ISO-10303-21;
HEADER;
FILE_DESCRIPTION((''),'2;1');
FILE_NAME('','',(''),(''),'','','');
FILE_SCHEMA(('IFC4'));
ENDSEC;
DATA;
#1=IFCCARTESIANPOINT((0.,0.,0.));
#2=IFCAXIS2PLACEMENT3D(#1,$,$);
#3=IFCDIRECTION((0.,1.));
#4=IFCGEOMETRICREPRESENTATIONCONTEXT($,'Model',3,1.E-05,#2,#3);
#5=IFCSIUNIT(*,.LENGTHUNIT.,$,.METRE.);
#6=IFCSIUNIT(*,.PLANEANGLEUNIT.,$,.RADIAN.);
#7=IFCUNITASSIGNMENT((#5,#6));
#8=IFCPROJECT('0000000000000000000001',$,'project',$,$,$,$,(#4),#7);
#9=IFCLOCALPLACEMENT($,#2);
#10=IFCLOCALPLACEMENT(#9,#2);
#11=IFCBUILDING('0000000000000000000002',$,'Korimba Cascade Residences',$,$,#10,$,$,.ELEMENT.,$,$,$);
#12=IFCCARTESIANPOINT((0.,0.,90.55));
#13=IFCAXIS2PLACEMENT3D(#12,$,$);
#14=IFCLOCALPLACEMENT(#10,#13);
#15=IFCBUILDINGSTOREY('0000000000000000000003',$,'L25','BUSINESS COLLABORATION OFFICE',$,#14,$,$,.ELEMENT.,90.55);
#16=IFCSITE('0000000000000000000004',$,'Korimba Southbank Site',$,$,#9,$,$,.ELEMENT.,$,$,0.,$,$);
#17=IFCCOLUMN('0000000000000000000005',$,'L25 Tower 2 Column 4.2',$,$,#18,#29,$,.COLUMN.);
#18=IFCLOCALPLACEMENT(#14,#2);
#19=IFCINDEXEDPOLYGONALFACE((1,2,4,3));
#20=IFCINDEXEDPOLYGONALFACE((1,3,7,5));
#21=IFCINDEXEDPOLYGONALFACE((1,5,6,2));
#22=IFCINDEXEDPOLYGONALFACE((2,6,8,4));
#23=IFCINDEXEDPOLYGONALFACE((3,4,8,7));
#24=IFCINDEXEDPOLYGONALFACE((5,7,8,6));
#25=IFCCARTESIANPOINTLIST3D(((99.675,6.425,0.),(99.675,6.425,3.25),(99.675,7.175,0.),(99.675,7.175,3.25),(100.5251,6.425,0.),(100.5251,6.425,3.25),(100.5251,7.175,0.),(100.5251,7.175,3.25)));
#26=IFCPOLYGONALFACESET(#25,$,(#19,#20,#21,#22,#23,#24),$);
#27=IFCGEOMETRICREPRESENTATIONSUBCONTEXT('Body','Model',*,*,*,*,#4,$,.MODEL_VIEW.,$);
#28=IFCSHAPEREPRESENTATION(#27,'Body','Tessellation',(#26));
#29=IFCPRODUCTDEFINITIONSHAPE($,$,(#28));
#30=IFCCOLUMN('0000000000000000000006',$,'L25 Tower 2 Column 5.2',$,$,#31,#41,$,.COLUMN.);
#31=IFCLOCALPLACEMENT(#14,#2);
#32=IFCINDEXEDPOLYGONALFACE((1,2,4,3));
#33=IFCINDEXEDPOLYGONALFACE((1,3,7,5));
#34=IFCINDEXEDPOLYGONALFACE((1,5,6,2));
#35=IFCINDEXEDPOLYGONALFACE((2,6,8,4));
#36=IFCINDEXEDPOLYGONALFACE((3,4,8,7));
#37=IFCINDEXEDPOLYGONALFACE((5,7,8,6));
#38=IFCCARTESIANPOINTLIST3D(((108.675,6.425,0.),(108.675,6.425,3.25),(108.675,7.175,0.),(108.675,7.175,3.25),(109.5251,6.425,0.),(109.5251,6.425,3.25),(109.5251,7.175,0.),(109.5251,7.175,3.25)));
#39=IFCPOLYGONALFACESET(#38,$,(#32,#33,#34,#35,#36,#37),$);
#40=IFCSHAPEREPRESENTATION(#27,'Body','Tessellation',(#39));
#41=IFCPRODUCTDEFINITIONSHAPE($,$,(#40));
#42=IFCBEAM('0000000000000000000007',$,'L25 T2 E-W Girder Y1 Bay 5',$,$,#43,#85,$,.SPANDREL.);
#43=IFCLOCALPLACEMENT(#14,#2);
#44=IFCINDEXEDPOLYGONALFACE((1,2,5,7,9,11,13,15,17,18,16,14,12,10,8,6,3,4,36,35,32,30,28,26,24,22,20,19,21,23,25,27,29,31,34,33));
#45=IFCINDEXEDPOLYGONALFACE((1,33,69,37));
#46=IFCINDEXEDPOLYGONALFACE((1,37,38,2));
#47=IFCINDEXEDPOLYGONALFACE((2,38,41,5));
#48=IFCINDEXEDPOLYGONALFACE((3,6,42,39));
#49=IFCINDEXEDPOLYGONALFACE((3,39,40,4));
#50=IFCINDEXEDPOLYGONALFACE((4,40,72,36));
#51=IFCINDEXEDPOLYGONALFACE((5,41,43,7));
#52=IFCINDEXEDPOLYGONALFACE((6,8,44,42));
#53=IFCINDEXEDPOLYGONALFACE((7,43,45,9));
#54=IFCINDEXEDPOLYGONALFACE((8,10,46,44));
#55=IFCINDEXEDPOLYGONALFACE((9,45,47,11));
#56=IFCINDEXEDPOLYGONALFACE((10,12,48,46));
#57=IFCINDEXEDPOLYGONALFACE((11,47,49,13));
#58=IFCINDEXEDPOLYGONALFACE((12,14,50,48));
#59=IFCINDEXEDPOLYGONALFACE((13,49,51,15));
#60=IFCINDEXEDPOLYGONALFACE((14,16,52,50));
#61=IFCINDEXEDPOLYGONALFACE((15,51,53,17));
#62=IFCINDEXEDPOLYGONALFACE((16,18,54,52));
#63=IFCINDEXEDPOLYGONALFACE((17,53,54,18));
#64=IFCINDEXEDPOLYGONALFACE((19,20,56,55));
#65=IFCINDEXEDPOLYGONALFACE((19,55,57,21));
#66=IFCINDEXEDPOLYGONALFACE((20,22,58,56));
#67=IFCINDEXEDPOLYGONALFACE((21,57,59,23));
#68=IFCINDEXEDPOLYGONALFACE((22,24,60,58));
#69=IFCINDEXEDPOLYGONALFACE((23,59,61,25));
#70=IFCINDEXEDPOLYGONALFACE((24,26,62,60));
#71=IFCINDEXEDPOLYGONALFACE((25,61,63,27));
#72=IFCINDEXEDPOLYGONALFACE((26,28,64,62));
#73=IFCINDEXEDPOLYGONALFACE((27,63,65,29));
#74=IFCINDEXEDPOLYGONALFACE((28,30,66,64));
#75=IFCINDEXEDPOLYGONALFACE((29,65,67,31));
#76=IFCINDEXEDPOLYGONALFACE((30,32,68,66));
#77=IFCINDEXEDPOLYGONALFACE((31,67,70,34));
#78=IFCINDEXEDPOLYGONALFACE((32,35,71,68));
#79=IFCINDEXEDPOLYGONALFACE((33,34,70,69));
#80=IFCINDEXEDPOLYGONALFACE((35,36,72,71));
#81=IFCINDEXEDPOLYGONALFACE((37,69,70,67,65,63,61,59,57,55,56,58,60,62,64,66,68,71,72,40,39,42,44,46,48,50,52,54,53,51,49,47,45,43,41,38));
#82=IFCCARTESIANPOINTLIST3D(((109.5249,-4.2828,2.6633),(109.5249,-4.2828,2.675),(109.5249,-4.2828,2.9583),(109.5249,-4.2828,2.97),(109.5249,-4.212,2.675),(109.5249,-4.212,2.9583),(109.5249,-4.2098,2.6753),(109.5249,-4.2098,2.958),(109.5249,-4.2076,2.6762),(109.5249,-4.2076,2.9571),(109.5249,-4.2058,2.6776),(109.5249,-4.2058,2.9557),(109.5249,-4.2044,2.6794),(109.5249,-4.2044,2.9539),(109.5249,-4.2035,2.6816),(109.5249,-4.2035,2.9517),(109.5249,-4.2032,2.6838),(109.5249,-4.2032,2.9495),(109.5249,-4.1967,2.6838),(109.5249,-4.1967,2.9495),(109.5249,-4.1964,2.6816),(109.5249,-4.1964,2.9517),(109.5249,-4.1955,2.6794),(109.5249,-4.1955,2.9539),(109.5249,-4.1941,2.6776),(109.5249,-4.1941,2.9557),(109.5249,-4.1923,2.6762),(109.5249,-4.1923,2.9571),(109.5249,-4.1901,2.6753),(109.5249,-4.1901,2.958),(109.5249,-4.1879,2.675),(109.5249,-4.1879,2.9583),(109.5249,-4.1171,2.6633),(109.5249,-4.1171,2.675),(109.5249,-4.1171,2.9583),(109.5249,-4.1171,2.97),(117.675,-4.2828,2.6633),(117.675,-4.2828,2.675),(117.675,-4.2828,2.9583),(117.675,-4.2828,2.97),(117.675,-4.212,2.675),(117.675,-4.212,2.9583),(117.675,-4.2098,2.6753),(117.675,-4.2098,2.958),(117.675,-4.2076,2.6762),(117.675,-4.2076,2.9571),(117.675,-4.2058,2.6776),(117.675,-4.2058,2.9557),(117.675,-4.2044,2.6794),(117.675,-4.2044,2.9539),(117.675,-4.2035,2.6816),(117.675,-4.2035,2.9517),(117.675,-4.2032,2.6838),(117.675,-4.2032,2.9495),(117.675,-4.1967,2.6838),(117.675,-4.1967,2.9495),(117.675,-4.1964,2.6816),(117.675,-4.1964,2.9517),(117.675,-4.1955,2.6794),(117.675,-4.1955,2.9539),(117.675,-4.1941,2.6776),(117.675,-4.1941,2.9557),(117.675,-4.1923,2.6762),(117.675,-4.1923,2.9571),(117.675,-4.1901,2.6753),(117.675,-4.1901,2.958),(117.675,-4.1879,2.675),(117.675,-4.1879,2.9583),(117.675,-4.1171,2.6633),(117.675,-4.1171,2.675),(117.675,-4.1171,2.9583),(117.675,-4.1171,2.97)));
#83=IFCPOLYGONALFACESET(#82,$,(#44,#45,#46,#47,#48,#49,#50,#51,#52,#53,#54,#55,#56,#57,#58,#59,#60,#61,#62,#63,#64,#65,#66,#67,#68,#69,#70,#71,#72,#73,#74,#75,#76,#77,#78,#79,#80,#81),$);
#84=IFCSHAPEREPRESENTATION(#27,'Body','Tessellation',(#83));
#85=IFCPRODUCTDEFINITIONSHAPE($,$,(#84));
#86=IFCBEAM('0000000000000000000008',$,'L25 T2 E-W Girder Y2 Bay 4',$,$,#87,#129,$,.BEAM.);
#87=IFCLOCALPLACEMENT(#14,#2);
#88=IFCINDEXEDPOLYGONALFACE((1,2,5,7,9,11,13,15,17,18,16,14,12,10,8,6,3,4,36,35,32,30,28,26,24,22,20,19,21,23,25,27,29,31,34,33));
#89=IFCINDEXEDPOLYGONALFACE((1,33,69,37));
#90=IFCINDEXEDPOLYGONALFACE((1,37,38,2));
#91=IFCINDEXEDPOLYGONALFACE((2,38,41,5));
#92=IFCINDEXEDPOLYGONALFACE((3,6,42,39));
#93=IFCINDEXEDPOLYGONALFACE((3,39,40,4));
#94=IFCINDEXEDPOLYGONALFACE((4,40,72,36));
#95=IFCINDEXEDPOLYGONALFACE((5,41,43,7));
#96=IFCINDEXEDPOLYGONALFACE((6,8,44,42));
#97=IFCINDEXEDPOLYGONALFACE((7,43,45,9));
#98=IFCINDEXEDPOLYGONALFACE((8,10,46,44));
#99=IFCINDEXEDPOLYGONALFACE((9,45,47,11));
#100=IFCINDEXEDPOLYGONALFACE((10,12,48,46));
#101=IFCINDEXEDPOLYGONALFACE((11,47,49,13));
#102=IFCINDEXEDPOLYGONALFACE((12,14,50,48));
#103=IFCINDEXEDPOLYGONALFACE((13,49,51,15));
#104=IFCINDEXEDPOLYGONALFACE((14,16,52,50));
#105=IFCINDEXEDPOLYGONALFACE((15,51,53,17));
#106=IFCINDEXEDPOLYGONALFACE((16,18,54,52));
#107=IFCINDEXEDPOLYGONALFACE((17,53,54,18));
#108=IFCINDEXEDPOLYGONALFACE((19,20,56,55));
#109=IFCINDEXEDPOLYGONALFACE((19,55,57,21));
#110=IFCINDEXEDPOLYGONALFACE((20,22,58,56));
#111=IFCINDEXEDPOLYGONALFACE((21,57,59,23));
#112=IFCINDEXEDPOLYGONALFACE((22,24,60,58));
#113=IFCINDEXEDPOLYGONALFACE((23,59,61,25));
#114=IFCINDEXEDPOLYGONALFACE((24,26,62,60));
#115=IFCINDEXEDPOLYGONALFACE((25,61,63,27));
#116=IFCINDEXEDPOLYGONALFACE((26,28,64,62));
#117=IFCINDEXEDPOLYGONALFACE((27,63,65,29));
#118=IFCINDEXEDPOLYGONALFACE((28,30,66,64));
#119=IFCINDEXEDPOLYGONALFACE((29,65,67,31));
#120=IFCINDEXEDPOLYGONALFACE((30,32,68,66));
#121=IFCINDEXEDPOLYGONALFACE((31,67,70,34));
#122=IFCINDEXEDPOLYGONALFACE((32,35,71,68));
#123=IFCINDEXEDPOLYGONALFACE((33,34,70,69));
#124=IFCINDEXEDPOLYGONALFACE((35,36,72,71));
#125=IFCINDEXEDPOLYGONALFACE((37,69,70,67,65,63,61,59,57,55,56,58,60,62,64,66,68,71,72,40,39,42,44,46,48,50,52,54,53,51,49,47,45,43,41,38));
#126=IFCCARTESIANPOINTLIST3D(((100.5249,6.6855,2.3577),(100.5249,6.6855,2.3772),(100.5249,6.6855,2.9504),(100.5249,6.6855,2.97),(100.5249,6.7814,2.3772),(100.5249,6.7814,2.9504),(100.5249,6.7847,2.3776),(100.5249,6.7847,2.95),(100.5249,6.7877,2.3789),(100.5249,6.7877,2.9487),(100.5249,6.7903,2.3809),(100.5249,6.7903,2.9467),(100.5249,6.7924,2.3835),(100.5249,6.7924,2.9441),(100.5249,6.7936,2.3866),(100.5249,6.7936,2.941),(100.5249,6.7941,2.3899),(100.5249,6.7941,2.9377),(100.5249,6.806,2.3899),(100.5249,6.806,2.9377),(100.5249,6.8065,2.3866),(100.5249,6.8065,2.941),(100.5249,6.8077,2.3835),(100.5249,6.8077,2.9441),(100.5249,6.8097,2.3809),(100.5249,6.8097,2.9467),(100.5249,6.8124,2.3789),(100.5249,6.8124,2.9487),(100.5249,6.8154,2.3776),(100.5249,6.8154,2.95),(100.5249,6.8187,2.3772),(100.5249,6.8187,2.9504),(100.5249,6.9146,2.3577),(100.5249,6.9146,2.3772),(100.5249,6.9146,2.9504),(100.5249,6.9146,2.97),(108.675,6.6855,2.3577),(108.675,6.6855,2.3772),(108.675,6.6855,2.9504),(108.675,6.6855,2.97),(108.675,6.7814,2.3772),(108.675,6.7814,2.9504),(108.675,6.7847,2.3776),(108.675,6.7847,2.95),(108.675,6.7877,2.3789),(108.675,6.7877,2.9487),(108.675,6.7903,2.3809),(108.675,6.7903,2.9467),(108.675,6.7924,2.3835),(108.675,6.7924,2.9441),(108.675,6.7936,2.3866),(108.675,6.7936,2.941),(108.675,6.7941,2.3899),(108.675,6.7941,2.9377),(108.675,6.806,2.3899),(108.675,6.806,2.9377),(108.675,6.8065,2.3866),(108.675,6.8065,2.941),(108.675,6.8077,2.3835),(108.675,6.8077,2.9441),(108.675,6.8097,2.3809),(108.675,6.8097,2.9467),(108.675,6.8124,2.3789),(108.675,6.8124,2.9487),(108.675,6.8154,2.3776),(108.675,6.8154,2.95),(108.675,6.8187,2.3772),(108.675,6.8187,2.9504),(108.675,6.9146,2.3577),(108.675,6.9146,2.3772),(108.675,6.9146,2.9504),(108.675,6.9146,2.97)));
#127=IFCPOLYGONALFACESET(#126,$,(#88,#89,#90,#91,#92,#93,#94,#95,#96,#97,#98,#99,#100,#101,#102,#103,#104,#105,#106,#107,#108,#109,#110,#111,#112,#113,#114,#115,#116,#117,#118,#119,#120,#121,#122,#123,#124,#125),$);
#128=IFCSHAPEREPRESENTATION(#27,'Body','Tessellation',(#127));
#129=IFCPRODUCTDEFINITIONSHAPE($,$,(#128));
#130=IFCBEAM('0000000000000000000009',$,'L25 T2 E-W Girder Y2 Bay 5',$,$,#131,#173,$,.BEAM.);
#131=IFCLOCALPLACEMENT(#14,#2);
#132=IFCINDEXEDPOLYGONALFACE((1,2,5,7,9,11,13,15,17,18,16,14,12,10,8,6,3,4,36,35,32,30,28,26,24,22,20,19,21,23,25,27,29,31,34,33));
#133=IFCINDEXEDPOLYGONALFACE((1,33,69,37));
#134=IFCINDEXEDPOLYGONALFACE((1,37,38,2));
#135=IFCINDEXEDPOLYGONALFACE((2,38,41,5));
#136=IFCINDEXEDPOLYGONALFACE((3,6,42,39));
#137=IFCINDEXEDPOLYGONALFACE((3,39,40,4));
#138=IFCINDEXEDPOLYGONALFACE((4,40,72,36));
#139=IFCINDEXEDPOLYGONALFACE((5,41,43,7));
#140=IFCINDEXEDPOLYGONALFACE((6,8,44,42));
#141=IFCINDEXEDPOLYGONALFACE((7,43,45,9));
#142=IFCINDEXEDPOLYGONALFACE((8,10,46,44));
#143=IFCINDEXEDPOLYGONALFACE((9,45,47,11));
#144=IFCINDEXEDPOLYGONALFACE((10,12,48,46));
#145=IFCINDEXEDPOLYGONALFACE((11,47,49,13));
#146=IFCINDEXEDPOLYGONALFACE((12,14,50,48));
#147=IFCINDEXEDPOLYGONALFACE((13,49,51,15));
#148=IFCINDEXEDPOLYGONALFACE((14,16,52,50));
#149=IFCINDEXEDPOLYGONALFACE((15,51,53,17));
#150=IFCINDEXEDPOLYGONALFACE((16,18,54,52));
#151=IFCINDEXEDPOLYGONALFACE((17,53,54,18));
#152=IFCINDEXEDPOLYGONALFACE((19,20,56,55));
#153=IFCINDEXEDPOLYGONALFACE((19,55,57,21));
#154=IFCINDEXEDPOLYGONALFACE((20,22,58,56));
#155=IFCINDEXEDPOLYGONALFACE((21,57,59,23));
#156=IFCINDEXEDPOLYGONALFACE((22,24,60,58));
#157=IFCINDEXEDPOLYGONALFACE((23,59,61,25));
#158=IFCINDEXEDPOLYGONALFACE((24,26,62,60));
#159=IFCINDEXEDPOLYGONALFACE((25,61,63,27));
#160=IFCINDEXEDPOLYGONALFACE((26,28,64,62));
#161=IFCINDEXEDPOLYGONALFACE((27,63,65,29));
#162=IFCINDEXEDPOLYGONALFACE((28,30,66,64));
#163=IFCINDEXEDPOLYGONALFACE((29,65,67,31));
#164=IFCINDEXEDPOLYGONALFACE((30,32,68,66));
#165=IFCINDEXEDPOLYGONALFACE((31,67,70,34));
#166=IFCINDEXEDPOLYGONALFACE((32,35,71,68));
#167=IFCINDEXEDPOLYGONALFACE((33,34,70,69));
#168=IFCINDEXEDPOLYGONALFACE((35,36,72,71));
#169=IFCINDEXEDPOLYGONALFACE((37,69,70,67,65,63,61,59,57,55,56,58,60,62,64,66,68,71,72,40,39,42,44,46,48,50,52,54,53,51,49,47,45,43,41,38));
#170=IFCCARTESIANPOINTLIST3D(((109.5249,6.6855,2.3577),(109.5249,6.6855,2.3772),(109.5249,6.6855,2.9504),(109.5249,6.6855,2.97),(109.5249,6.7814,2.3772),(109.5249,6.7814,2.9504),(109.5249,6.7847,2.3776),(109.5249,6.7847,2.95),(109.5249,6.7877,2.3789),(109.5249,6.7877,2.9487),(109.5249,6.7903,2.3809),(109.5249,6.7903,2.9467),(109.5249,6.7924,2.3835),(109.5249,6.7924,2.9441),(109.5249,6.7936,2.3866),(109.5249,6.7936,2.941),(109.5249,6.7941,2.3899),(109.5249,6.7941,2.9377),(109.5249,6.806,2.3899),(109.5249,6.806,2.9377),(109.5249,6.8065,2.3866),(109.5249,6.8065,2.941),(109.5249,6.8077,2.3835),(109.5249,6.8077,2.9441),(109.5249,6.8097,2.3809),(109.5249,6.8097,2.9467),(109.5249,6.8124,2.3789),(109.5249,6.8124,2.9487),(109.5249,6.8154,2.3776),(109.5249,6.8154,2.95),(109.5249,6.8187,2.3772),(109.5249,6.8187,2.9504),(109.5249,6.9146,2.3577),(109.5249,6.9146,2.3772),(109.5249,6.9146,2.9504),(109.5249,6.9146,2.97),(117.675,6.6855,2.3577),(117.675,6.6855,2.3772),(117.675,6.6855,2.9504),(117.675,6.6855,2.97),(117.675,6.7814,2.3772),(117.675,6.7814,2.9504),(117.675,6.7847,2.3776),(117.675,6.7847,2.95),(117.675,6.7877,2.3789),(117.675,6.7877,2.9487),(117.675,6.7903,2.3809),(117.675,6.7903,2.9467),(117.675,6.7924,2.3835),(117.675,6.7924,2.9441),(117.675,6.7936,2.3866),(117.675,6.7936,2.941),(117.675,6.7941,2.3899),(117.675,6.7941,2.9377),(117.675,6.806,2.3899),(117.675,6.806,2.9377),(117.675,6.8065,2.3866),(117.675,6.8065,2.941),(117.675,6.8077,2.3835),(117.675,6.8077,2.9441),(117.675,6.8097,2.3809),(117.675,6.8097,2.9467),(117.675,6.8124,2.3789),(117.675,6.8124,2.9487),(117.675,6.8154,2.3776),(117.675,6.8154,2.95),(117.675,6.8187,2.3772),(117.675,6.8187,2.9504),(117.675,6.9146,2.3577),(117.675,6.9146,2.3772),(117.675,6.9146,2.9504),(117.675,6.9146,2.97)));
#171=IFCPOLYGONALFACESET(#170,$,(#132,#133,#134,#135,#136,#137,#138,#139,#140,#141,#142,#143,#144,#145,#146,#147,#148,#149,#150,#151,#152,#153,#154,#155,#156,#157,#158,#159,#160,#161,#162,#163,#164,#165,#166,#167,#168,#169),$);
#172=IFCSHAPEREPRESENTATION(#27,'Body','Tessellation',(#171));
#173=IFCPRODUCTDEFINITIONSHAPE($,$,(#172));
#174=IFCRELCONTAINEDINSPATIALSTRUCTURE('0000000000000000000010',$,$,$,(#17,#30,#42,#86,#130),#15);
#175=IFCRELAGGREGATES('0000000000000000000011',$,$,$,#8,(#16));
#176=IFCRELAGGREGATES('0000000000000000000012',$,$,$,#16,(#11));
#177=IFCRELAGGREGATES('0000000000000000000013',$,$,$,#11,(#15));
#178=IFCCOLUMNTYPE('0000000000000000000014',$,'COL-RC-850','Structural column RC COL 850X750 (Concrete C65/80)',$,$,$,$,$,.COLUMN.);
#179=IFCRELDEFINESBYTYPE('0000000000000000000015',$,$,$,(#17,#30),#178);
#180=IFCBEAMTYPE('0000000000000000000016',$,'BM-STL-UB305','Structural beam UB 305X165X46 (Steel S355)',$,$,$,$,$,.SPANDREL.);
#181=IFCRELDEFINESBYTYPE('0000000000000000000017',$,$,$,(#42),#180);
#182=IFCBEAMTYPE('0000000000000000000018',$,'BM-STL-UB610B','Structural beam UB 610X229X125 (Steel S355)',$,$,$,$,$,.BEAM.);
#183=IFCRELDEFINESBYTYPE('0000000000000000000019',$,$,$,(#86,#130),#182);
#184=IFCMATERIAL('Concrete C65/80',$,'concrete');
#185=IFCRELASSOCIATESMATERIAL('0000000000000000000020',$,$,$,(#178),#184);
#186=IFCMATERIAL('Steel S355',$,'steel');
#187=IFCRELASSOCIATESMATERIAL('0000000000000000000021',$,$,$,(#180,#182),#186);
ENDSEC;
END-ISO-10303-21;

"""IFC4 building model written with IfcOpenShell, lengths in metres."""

from ifc_helpers import new_model, si_unit, direction, frame, origin, origin_2d, place, context, subcontext, project, spatial, rectangle, i_section, extrude, material, material_profile, profile_set, type_object, element, save


model = new_model("IFC4")

# Units and contexts
model_context = context("Model", 3, precision=1e-05, world=origin(), true_north=direction((0.0, 1.0)))
body_context = subcontext(model_context, "Body", "Model", "MODEL_VIEW")
ifc_project = project(units=[si_unit("LENGTHUNIT", "METRE"), si_unit("PLANEANGLEUNIT", "RADIAN")], contexts=[model_context])

# Site, building, storey
site_placement = place(None, origin())
site = spatial("IfcSite", under=ifc_project, at=site_placement, Name="Korimba Southbank Site", CompositionType="ELEMENT", RefElevation=0.0)
building_placement = place(site_placement, origin())
building = spatial("IfcBuilding", under=site, at=building_placement, Name="Korimba Cascade Residences", CompositionType="ELEMENT")
storey_placement = place(building_placement, frame((0.0, 0.0, 90.55)))
storey = spatial("IfcBuildingStorey", under=building, at=storey_placement, Name="L25", Description="BUSINESS COLLABORATION OFFICE", CompositionType="ELEMENT", Elevation=90.55)

# Columns
ifc_material_1 = material(Name="Concrete C65/80", Category="concrete")
ifc_material_profile_1 = material_profile(ifc_material_1, rectangle(XDim=0.8501, YDim=0.75, at=origin_2d()), Name="Concrete C65/80")
ifc_profile_set_1 = profile_set([ifc_material_profile_1], Name="Concrete C65/80")
column_type = type_object("IfcColumnType", Name="COL-RC-850", Description="Structural column RC COL 850X750 (Concrete C65/80)", PredefinedType="COLUMN", material=ifc_profile_set_1)
for number, where, z_axis, x_axis, name in (
    (1, (100.1001, 6.8, 0.0), (0.0, 0.0, 1.0), (1.0, 0.0, 0.0), "L25 Tower 2 Column 4.2"),
    (2, (109.1001, 6.8, 0.0), (0.0, 0.0, 1.0), (1.0, 0.0, 0.0), "L25 Tower 2 Column 5.2"),
):
    element("IfcColumn", number, at=place(storey_placement, frame(where, z_axis=z_axis, x_axis=x_axis)), inside=storey, type_object=column_type, Name=name, PredefinedType="COLUMN", context=body_context, shape_type="SweptSolid", body=[
        extrude(rectangle(XDim=0.8501, YDim=0.75, at=origin_2d()), origin(), (0.0, 0.0, 1.0), 3.25),
    ])

# Beams
ifc_material_2 = material(Name="Steel S355", Category="steel")
ifc_material_profile_2 = material_profile(ifc_material_2, i_section(OverallWidth=0.1658, OverallDepth=0.3066, WebThickness=0.0066, FlangeThickness=0.0117, FilletRadius=0.0088, at=origin_2d()), Name="Steel S355")
ifc_profile_set_2 = profile_set([ifc_material_profile_2], Name="Steel S355")
beam_type_1 = type_object("IfcBeamType", Name="BM-STL-UB305", Description="Structural beam UB 305X165X46 (Steel S355)", PredefinedType="SPANDREL", material=ifc_profile_set_2)
beam_placement = place(storey_placement, frame((109.5249, -4.2, 2.8167), z_axis=(1.0, 0.0, 0.0), x_axis=(0.0, 1.0, 0.0)))
element("IfcBeam", 3, at=beam_placement, inside=storey, type_object=beam_type_1, Name="L25 T2 E-W Girder Y1 Bay 5", PredefinedType="SPANDREL", context=body_context, shape_type="SweptSolid", body=[
    extrude(i_section(OverallWidth=0.1658, OverallDepth=0.3066, WebThickness=0.0066, FlangeThickness=0.0117, FilletRadius=0.0088, at=origin_2d()), origin(), (0.0, 0.0, 1.0), 8.1501),
])
ifc_material_profile_3 = material_profile(ifc_material_2, i_section(OverallWidth=0.229, OverallDepth=0.6123, WebThickness=0.012, FlangeThickness=0.0195, FilletRadius=0.0127, at=origin_2d()), Name="Steel S355")
ifc_profile_set_3 = profile_set([ifc_material_profile_3], Name="Steel S355")
beam_type_2 = type_object("IfcBeamType", Name="BM-STL-UB610B", Description="Structural beam UB 610X229X125 (Steel S355)", PredefinedType="BEAM", material=ifc_profile_set_3)
for number, where, z_axis, x_axis, name in (
    (4, (100.5249, 6.8, 2.6638), (1.0, 0.0, 0.0), (0.0, 1.0, 0.0), "L25 T2 E-W Girder Y2 Bay 4"),
    (5, (109.5249, 6.8, 2.6638), (1.0, 0.0, 0.0), (0.0, 1.0, 0.0), "L25 T2 E-W Girder Y2 Bay 5"),
):
    element("IfcBeam", number, at=place(storey_placement, frame(where, z_axis=z_axis, x_axis=x_axis)), inside=storey, type_object=beam_type_2, Name=name, PredefinedType="BEAM", context=body_context, shape_type="SweptSolid", body=[
        extrude(i_section(OverallWidth=0.229, OverallDepth=0.6123, WebThickness=0.012, FlangeThickness=0.0195, FilletRadius=0.0127, at=origin_2d()), origin(), (0.0, 0.0, 1.0), 8.1501),
    ])

save(model, "model.ifc")
